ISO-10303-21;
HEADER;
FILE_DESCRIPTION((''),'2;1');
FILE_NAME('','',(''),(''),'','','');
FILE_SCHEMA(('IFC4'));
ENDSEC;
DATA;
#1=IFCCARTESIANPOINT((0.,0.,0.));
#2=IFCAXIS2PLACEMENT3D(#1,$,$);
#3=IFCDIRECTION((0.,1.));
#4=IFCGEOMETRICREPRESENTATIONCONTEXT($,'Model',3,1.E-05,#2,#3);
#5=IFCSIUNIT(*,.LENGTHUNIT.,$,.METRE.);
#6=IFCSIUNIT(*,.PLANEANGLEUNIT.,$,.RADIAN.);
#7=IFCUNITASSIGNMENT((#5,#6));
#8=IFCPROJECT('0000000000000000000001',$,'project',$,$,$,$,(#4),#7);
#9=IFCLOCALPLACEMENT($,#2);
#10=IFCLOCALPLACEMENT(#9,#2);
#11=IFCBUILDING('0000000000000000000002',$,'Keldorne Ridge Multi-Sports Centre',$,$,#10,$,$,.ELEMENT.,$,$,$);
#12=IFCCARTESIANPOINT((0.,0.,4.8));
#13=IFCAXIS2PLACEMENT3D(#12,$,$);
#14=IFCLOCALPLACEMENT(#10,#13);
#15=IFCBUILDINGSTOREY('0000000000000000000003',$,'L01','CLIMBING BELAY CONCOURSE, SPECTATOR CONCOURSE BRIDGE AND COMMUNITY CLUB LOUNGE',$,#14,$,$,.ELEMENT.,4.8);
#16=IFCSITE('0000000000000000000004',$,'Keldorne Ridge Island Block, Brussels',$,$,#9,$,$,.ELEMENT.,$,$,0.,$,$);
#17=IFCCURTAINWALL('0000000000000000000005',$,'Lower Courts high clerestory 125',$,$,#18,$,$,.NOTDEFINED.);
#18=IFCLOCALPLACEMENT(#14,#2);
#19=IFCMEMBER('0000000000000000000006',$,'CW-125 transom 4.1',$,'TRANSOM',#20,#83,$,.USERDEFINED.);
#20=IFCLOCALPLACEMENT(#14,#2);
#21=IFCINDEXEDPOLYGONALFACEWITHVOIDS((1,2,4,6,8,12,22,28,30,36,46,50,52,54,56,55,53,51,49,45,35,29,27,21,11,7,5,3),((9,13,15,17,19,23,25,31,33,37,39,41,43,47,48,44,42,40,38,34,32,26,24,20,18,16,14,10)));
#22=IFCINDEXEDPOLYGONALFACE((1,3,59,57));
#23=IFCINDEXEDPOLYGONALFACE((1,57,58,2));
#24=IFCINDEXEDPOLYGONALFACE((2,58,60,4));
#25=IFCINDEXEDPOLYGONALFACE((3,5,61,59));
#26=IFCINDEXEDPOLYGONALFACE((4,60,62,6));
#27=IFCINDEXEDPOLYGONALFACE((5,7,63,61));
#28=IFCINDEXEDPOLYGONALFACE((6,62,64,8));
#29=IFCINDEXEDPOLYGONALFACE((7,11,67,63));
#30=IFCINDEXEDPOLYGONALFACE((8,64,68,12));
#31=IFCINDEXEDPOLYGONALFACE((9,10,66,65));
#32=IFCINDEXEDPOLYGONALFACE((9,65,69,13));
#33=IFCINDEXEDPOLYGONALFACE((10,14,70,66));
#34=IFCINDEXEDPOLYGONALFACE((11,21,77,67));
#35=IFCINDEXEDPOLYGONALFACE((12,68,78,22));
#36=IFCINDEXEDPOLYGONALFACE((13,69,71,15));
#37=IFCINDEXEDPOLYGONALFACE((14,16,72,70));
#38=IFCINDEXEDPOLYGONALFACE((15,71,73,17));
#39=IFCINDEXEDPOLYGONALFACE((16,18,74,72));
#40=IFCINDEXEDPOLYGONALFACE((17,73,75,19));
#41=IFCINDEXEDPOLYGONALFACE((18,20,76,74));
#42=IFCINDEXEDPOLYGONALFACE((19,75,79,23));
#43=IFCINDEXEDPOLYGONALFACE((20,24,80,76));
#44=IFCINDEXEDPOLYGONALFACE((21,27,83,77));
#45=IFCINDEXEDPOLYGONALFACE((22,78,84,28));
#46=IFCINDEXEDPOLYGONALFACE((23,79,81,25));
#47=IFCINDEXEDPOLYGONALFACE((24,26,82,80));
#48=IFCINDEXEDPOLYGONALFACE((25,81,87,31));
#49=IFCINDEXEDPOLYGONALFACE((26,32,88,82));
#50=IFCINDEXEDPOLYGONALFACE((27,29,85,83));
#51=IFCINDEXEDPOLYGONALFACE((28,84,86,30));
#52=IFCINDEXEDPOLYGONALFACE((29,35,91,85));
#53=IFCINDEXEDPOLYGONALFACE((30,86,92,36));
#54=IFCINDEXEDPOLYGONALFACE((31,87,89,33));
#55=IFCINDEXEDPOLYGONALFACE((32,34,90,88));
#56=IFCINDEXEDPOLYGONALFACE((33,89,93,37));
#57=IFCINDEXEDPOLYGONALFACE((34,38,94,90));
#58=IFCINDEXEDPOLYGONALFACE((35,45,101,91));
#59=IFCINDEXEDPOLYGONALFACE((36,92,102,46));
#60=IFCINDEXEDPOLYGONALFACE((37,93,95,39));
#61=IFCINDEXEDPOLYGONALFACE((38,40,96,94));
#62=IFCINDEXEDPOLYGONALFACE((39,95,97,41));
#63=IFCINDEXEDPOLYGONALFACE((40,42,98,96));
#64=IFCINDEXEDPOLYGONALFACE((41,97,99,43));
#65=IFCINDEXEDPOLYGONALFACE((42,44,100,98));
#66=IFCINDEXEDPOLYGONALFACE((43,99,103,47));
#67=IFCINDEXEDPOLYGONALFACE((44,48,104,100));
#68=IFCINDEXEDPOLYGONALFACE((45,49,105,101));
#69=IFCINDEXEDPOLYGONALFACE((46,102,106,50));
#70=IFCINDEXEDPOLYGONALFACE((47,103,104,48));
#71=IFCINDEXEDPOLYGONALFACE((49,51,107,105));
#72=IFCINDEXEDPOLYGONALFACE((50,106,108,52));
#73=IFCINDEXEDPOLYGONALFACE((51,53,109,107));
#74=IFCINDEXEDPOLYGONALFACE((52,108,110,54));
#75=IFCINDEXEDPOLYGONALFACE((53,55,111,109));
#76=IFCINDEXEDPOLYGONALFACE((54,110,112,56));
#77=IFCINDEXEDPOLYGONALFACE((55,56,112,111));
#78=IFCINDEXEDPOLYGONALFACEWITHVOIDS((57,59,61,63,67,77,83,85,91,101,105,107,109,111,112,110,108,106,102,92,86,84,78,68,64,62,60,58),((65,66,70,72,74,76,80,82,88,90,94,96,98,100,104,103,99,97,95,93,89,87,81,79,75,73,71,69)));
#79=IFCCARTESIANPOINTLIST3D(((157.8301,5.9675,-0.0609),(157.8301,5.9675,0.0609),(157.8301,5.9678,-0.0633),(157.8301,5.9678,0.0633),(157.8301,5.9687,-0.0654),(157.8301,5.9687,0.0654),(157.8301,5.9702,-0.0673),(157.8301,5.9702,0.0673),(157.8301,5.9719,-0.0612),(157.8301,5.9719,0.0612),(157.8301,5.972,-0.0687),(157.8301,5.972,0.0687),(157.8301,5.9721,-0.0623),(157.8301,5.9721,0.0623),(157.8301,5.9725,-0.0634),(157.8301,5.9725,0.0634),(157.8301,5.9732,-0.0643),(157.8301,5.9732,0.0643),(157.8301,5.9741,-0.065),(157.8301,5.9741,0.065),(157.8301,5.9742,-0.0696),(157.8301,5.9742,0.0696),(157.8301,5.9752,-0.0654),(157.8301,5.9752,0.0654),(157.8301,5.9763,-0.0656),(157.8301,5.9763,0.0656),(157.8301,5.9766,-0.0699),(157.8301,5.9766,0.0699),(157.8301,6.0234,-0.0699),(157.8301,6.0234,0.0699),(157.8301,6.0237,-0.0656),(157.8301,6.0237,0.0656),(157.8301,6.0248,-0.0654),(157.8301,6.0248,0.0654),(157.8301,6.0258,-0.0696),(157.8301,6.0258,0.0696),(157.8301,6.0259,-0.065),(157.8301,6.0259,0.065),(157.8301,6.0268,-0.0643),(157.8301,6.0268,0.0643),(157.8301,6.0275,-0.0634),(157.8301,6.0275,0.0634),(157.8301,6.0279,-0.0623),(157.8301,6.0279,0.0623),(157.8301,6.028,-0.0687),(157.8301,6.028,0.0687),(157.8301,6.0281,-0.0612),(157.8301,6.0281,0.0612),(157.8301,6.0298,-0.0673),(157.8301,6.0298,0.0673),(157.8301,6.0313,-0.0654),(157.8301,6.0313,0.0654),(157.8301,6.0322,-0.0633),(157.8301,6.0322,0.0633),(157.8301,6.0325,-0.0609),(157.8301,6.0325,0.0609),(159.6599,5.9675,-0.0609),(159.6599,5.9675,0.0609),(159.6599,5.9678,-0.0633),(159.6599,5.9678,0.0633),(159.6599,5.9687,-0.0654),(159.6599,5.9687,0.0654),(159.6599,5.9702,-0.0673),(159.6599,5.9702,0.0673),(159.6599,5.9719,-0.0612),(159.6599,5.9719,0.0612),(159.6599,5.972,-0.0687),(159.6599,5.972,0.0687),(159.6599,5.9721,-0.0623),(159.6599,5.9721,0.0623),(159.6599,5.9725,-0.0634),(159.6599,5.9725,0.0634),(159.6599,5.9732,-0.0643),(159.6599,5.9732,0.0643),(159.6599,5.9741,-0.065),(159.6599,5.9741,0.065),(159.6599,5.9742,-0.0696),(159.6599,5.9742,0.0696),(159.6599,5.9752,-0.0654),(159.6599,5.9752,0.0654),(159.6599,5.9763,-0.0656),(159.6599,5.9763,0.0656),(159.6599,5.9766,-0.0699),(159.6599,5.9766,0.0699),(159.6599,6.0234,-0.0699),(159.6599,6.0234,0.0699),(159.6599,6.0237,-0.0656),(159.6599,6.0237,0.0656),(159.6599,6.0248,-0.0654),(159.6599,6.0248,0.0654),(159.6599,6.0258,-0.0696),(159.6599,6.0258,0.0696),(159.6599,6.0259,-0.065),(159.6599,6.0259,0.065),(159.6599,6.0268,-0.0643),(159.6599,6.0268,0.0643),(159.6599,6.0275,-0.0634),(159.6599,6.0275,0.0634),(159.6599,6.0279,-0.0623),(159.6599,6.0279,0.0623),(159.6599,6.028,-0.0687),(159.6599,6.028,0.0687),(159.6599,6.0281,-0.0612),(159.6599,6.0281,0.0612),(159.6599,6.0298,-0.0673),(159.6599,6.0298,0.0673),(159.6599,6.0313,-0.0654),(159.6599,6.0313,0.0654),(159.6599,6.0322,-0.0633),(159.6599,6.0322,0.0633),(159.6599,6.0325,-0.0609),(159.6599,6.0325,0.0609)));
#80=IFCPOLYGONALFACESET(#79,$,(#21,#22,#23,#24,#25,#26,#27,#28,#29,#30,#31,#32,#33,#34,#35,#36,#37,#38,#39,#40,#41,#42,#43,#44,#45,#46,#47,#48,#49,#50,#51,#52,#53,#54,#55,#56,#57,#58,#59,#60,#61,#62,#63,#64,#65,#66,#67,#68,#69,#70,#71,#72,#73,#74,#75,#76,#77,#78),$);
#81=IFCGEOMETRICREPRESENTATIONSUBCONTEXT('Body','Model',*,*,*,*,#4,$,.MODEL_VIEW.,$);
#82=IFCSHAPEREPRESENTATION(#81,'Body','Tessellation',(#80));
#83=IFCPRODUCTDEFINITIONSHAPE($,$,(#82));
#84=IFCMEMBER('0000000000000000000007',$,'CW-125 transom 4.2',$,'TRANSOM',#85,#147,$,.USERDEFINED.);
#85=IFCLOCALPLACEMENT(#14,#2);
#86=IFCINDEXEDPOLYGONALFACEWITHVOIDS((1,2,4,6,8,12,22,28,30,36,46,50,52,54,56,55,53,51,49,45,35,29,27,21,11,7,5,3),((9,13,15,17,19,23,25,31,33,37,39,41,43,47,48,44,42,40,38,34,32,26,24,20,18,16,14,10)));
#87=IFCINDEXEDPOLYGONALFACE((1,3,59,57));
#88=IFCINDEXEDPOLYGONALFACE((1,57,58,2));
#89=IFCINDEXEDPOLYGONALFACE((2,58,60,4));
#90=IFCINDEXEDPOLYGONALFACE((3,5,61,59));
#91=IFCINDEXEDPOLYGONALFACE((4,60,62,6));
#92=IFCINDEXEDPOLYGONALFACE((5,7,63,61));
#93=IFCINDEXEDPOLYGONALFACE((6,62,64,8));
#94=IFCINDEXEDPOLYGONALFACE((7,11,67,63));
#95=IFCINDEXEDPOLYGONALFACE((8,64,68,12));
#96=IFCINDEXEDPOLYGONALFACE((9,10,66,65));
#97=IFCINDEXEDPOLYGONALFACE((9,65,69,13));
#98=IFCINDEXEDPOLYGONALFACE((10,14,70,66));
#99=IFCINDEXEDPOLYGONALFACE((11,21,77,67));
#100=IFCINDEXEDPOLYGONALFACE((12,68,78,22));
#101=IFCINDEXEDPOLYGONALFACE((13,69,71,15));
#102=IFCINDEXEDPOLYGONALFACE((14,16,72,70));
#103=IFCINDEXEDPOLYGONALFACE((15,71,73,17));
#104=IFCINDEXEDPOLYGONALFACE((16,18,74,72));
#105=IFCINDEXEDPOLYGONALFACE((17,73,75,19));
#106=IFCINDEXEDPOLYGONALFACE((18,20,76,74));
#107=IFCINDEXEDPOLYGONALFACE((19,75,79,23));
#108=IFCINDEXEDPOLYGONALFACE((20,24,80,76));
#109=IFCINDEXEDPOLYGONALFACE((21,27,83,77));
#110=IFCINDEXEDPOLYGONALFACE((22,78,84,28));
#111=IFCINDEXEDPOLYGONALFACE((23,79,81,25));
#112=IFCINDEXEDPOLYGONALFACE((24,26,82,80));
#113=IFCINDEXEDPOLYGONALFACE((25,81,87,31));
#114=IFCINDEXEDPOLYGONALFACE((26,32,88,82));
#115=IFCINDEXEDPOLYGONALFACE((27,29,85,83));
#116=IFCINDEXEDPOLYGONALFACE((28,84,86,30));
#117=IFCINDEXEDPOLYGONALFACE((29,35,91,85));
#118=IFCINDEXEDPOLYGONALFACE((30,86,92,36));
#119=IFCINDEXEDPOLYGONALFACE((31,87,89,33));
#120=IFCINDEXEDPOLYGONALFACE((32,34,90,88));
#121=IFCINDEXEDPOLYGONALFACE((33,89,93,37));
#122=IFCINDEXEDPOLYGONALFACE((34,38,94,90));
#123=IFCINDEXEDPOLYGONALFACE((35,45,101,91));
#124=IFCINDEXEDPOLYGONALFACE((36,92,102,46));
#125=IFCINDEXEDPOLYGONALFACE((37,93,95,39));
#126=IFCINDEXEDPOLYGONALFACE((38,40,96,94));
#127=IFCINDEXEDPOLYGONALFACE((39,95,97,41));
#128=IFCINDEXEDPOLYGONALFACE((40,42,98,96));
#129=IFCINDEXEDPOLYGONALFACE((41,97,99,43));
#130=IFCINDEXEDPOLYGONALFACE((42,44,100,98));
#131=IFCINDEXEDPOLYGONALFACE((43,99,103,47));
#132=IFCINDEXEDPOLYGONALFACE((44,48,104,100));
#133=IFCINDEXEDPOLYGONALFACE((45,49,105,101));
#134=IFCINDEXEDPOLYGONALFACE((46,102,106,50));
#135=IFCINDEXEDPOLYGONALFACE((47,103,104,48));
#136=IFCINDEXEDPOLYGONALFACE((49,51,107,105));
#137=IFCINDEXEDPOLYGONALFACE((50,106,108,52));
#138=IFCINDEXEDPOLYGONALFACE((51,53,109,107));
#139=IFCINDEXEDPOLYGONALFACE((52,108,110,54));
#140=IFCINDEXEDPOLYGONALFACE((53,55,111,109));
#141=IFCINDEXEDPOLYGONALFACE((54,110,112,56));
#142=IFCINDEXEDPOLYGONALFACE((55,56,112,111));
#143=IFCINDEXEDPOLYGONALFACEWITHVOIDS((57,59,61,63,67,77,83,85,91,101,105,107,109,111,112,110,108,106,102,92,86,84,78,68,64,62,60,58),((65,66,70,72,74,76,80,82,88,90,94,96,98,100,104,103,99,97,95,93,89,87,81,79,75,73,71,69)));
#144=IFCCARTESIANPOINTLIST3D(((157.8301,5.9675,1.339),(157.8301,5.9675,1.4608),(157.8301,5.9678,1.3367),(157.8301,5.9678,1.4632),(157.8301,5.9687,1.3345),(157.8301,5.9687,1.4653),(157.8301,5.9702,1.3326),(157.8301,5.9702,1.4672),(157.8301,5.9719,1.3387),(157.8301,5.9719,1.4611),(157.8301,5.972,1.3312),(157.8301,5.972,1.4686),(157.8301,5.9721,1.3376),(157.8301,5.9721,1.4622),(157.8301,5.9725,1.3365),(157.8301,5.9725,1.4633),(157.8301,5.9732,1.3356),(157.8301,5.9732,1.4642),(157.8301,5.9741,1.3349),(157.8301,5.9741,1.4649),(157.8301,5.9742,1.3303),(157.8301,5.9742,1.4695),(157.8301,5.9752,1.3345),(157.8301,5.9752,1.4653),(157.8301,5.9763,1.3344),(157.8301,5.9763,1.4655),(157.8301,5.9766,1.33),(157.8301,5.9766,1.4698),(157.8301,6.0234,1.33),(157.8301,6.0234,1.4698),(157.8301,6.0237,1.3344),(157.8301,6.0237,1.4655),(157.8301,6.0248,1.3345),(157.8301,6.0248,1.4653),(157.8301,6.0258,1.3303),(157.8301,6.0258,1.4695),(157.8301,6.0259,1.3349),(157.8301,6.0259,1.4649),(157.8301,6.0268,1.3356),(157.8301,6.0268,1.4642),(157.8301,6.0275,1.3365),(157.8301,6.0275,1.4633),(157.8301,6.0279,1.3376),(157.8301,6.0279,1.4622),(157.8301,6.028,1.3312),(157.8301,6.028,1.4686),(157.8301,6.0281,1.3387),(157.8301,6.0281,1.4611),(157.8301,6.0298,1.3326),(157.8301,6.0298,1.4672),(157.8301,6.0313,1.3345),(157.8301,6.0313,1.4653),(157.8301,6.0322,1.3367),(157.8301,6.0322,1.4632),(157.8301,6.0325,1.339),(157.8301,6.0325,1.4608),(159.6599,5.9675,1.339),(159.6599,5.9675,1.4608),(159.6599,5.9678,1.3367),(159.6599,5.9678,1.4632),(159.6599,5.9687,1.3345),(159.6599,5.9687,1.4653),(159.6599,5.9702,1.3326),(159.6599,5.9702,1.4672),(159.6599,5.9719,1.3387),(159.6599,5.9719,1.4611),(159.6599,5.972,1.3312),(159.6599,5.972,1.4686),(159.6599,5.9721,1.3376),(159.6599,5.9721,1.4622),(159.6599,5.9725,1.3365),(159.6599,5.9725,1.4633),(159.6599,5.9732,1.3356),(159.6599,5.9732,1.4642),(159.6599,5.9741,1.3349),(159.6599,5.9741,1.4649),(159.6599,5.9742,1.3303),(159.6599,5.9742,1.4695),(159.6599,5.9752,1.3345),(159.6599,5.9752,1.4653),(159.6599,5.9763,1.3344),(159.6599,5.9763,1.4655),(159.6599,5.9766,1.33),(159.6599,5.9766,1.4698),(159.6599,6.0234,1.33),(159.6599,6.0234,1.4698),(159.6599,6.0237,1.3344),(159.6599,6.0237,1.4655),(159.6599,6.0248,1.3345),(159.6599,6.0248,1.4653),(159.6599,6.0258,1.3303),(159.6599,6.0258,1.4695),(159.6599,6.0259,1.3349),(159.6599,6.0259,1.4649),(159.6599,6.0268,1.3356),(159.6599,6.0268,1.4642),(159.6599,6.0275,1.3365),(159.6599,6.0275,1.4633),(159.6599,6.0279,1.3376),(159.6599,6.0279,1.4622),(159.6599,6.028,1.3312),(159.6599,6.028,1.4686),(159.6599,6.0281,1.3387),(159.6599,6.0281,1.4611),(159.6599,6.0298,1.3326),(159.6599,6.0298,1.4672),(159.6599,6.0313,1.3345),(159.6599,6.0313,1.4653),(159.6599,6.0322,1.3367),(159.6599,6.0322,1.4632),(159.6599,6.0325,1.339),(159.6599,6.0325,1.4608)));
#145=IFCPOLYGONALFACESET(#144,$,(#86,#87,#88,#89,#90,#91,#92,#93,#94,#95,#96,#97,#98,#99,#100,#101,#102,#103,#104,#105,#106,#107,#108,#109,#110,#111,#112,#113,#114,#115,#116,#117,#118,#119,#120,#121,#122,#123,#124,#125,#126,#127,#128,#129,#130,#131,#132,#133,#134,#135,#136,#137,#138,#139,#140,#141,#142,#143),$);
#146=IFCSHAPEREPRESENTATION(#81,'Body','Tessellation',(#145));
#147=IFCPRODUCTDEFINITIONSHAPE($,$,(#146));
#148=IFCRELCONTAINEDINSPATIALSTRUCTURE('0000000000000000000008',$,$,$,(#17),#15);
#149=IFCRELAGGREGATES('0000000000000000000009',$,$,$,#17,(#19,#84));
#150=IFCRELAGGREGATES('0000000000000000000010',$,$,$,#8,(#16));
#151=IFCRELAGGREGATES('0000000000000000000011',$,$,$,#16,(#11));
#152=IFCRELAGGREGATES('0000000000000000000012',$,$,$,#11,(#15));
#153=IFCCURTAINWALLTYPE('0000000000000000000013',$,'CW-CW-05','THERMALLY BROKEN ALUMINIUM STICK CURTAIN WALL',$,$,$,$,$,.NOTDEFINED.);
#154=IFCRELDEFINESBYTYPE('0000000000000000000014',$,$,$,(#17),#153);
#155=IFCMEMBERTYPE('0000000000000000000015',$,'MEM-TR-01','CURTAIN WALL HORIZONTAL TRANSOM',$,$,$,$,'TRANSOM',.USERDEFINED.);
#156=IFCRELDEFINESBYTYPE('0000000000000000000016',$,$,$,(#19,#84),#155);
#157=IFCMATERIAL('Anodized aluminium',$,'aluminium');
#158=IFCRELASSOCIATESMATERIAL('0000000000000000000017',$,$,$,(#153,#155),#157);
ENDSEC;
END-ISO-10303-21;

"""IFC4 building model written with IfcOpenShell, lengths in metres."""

from ifc_helpers import new_model, si_unit, direction, frame, origin, origin_2d, place, context, subcontext, project, spatial, hollow_rectangle, extrude, material, material_profile, profile_set, type_object, element, aggregate, save


model = new_model("IFC4")

# Units and contexts
model_context = context("Model", 3, precision=1e-05, world=origin(), true_north=direction((0.0, 1.0)))
body_context = subcontext(model_context, "Body", "Model", "MODEL_VIEW")
ifc_project = project(units=[si_unit("LENGTHUNIT", "METRE"), si_unit("PLANEANGLEUNIT", "RADIAN")], contexts=[model_context])

# Site, building, storey
site_placement = place(None, origin())
site = spatial("IfcSite", under=ifc_project, at=site_placement, Name="Keldorne Ridge Island Block, Brussels", CompositionType="ELEMENT", RefElevation=0.0)
building_placement = place(site_placement, origin())
building = spatial("IfcBuilding", under=site, at=building_placement, Name="Keldorne Ridge Multi-Sports Centre", CompositionType="ELEMENT")
storey_placement = place(building_placement, frame((0.0, 0.0, 4.8)))
storey = spatial("IfcBuildingStorey", under=building, at=storey_placement, Name="L01", Description="CLIMBING BELAY CONCOURSE, SPECTATOR CONCOURSE BRIDGE AND COMMUNITY CLUB LOUNGE", CompositionType="ELEMENT", Elevation=4.8)

# Curtain wall, members
ifc_material_1 = material(Name="Anodized aluminium", Category="aluminium")
curtain_wall_type = type_object("IfcCurtainWallType", Name="CW-CW-05", Description="THERMALLY BROKEN ALUMINIUM STICK CURTAIN WALL", PredefinedType="NOTDEFINED", material=ifc_material_1)
curtain_wall_placement = place(storey_placement, origin())
curtain_wall = element("IfcCurtainWall", 1, at=curtain_wall_placement, inside=storey, type_object=curtain_wall_type, Name="Lower Courts high clerestory 125", PredefinedType="NOTDEFINED")
ifc_material_profile_1 = material_profile(ifc_material_1, hollow_rectangle(XDim=0.0649, YDim=0.1399, WallThickness=0.0044, InnerFilletRadius=0.0044, OuterFilletRadius=0.009, at=origin_2d()), Name="ALU TRANSOM 140x65x4.5")
ifc_profile_set_1 = profile_set([ifc_material_profile_1], Name="Anodized aluminium")
member_type_1 = type_object("IfcMemberType", Name="MEM-TR-01", Description="CURTAIN WALL HORIZONTAL TRANSOM", ElementType="TRANSOM", PredefinedType="USERDEFINED", material=ifc_profile_set_1)
member_1_placement = place(storey_placement, frame((157.8301, 6.0, 0.0), z_axis=(1.0, 0.0, 0.0), x_axis=(0.0, 1.0, 0.0)))
member_1 = element("IfcMember", 2, at=member_1_placement, type_object=member_type_1, Name="CW-125 transom 4.1", ObjectType="TRANSOM", PredefinedType="USERDEFINED", context=body_context, shape_type="SweptSolid", body=[
    extrude(hollow_rectangle(XDim=0.0649, YDim=0.1399, WallThickness=0.0044, InnerFilletRadius=0.0044, OuterFilletRadius=0.009, at=origin_2d()), origin(), (0.0, 0.0, 1.0), 1.8298),
])
member_2_placement = place(storey_placement, frame((157.8301, 6.0, 1.3999), z_axis=(1.0, 0.0, 0.0), x_axis=(0.0, 1.0, 0.0)))
member_2 = element("IfcMember", 3, at=member_2_placement, type_object=member_type_1, Name="CW-125 transom 4.2", ObjectType="TRANSOM", PredefinedType="USERDEFINED", context=body_context, shape_type="SweptSolid", body=[
    extrude(hollow_rectangle(XDim=0.0649, YDim=0.1399, WallThickness=0.0044, InnerFilletRadius=0.0044, OuterFilletRadius=0.009, at=origin_2d()), origin(), (0.0, 0.0, 1.0), 1.8298),
])
aggregate(curtain_wall, [member_1, member_2])

save(model, "model.ifc")
